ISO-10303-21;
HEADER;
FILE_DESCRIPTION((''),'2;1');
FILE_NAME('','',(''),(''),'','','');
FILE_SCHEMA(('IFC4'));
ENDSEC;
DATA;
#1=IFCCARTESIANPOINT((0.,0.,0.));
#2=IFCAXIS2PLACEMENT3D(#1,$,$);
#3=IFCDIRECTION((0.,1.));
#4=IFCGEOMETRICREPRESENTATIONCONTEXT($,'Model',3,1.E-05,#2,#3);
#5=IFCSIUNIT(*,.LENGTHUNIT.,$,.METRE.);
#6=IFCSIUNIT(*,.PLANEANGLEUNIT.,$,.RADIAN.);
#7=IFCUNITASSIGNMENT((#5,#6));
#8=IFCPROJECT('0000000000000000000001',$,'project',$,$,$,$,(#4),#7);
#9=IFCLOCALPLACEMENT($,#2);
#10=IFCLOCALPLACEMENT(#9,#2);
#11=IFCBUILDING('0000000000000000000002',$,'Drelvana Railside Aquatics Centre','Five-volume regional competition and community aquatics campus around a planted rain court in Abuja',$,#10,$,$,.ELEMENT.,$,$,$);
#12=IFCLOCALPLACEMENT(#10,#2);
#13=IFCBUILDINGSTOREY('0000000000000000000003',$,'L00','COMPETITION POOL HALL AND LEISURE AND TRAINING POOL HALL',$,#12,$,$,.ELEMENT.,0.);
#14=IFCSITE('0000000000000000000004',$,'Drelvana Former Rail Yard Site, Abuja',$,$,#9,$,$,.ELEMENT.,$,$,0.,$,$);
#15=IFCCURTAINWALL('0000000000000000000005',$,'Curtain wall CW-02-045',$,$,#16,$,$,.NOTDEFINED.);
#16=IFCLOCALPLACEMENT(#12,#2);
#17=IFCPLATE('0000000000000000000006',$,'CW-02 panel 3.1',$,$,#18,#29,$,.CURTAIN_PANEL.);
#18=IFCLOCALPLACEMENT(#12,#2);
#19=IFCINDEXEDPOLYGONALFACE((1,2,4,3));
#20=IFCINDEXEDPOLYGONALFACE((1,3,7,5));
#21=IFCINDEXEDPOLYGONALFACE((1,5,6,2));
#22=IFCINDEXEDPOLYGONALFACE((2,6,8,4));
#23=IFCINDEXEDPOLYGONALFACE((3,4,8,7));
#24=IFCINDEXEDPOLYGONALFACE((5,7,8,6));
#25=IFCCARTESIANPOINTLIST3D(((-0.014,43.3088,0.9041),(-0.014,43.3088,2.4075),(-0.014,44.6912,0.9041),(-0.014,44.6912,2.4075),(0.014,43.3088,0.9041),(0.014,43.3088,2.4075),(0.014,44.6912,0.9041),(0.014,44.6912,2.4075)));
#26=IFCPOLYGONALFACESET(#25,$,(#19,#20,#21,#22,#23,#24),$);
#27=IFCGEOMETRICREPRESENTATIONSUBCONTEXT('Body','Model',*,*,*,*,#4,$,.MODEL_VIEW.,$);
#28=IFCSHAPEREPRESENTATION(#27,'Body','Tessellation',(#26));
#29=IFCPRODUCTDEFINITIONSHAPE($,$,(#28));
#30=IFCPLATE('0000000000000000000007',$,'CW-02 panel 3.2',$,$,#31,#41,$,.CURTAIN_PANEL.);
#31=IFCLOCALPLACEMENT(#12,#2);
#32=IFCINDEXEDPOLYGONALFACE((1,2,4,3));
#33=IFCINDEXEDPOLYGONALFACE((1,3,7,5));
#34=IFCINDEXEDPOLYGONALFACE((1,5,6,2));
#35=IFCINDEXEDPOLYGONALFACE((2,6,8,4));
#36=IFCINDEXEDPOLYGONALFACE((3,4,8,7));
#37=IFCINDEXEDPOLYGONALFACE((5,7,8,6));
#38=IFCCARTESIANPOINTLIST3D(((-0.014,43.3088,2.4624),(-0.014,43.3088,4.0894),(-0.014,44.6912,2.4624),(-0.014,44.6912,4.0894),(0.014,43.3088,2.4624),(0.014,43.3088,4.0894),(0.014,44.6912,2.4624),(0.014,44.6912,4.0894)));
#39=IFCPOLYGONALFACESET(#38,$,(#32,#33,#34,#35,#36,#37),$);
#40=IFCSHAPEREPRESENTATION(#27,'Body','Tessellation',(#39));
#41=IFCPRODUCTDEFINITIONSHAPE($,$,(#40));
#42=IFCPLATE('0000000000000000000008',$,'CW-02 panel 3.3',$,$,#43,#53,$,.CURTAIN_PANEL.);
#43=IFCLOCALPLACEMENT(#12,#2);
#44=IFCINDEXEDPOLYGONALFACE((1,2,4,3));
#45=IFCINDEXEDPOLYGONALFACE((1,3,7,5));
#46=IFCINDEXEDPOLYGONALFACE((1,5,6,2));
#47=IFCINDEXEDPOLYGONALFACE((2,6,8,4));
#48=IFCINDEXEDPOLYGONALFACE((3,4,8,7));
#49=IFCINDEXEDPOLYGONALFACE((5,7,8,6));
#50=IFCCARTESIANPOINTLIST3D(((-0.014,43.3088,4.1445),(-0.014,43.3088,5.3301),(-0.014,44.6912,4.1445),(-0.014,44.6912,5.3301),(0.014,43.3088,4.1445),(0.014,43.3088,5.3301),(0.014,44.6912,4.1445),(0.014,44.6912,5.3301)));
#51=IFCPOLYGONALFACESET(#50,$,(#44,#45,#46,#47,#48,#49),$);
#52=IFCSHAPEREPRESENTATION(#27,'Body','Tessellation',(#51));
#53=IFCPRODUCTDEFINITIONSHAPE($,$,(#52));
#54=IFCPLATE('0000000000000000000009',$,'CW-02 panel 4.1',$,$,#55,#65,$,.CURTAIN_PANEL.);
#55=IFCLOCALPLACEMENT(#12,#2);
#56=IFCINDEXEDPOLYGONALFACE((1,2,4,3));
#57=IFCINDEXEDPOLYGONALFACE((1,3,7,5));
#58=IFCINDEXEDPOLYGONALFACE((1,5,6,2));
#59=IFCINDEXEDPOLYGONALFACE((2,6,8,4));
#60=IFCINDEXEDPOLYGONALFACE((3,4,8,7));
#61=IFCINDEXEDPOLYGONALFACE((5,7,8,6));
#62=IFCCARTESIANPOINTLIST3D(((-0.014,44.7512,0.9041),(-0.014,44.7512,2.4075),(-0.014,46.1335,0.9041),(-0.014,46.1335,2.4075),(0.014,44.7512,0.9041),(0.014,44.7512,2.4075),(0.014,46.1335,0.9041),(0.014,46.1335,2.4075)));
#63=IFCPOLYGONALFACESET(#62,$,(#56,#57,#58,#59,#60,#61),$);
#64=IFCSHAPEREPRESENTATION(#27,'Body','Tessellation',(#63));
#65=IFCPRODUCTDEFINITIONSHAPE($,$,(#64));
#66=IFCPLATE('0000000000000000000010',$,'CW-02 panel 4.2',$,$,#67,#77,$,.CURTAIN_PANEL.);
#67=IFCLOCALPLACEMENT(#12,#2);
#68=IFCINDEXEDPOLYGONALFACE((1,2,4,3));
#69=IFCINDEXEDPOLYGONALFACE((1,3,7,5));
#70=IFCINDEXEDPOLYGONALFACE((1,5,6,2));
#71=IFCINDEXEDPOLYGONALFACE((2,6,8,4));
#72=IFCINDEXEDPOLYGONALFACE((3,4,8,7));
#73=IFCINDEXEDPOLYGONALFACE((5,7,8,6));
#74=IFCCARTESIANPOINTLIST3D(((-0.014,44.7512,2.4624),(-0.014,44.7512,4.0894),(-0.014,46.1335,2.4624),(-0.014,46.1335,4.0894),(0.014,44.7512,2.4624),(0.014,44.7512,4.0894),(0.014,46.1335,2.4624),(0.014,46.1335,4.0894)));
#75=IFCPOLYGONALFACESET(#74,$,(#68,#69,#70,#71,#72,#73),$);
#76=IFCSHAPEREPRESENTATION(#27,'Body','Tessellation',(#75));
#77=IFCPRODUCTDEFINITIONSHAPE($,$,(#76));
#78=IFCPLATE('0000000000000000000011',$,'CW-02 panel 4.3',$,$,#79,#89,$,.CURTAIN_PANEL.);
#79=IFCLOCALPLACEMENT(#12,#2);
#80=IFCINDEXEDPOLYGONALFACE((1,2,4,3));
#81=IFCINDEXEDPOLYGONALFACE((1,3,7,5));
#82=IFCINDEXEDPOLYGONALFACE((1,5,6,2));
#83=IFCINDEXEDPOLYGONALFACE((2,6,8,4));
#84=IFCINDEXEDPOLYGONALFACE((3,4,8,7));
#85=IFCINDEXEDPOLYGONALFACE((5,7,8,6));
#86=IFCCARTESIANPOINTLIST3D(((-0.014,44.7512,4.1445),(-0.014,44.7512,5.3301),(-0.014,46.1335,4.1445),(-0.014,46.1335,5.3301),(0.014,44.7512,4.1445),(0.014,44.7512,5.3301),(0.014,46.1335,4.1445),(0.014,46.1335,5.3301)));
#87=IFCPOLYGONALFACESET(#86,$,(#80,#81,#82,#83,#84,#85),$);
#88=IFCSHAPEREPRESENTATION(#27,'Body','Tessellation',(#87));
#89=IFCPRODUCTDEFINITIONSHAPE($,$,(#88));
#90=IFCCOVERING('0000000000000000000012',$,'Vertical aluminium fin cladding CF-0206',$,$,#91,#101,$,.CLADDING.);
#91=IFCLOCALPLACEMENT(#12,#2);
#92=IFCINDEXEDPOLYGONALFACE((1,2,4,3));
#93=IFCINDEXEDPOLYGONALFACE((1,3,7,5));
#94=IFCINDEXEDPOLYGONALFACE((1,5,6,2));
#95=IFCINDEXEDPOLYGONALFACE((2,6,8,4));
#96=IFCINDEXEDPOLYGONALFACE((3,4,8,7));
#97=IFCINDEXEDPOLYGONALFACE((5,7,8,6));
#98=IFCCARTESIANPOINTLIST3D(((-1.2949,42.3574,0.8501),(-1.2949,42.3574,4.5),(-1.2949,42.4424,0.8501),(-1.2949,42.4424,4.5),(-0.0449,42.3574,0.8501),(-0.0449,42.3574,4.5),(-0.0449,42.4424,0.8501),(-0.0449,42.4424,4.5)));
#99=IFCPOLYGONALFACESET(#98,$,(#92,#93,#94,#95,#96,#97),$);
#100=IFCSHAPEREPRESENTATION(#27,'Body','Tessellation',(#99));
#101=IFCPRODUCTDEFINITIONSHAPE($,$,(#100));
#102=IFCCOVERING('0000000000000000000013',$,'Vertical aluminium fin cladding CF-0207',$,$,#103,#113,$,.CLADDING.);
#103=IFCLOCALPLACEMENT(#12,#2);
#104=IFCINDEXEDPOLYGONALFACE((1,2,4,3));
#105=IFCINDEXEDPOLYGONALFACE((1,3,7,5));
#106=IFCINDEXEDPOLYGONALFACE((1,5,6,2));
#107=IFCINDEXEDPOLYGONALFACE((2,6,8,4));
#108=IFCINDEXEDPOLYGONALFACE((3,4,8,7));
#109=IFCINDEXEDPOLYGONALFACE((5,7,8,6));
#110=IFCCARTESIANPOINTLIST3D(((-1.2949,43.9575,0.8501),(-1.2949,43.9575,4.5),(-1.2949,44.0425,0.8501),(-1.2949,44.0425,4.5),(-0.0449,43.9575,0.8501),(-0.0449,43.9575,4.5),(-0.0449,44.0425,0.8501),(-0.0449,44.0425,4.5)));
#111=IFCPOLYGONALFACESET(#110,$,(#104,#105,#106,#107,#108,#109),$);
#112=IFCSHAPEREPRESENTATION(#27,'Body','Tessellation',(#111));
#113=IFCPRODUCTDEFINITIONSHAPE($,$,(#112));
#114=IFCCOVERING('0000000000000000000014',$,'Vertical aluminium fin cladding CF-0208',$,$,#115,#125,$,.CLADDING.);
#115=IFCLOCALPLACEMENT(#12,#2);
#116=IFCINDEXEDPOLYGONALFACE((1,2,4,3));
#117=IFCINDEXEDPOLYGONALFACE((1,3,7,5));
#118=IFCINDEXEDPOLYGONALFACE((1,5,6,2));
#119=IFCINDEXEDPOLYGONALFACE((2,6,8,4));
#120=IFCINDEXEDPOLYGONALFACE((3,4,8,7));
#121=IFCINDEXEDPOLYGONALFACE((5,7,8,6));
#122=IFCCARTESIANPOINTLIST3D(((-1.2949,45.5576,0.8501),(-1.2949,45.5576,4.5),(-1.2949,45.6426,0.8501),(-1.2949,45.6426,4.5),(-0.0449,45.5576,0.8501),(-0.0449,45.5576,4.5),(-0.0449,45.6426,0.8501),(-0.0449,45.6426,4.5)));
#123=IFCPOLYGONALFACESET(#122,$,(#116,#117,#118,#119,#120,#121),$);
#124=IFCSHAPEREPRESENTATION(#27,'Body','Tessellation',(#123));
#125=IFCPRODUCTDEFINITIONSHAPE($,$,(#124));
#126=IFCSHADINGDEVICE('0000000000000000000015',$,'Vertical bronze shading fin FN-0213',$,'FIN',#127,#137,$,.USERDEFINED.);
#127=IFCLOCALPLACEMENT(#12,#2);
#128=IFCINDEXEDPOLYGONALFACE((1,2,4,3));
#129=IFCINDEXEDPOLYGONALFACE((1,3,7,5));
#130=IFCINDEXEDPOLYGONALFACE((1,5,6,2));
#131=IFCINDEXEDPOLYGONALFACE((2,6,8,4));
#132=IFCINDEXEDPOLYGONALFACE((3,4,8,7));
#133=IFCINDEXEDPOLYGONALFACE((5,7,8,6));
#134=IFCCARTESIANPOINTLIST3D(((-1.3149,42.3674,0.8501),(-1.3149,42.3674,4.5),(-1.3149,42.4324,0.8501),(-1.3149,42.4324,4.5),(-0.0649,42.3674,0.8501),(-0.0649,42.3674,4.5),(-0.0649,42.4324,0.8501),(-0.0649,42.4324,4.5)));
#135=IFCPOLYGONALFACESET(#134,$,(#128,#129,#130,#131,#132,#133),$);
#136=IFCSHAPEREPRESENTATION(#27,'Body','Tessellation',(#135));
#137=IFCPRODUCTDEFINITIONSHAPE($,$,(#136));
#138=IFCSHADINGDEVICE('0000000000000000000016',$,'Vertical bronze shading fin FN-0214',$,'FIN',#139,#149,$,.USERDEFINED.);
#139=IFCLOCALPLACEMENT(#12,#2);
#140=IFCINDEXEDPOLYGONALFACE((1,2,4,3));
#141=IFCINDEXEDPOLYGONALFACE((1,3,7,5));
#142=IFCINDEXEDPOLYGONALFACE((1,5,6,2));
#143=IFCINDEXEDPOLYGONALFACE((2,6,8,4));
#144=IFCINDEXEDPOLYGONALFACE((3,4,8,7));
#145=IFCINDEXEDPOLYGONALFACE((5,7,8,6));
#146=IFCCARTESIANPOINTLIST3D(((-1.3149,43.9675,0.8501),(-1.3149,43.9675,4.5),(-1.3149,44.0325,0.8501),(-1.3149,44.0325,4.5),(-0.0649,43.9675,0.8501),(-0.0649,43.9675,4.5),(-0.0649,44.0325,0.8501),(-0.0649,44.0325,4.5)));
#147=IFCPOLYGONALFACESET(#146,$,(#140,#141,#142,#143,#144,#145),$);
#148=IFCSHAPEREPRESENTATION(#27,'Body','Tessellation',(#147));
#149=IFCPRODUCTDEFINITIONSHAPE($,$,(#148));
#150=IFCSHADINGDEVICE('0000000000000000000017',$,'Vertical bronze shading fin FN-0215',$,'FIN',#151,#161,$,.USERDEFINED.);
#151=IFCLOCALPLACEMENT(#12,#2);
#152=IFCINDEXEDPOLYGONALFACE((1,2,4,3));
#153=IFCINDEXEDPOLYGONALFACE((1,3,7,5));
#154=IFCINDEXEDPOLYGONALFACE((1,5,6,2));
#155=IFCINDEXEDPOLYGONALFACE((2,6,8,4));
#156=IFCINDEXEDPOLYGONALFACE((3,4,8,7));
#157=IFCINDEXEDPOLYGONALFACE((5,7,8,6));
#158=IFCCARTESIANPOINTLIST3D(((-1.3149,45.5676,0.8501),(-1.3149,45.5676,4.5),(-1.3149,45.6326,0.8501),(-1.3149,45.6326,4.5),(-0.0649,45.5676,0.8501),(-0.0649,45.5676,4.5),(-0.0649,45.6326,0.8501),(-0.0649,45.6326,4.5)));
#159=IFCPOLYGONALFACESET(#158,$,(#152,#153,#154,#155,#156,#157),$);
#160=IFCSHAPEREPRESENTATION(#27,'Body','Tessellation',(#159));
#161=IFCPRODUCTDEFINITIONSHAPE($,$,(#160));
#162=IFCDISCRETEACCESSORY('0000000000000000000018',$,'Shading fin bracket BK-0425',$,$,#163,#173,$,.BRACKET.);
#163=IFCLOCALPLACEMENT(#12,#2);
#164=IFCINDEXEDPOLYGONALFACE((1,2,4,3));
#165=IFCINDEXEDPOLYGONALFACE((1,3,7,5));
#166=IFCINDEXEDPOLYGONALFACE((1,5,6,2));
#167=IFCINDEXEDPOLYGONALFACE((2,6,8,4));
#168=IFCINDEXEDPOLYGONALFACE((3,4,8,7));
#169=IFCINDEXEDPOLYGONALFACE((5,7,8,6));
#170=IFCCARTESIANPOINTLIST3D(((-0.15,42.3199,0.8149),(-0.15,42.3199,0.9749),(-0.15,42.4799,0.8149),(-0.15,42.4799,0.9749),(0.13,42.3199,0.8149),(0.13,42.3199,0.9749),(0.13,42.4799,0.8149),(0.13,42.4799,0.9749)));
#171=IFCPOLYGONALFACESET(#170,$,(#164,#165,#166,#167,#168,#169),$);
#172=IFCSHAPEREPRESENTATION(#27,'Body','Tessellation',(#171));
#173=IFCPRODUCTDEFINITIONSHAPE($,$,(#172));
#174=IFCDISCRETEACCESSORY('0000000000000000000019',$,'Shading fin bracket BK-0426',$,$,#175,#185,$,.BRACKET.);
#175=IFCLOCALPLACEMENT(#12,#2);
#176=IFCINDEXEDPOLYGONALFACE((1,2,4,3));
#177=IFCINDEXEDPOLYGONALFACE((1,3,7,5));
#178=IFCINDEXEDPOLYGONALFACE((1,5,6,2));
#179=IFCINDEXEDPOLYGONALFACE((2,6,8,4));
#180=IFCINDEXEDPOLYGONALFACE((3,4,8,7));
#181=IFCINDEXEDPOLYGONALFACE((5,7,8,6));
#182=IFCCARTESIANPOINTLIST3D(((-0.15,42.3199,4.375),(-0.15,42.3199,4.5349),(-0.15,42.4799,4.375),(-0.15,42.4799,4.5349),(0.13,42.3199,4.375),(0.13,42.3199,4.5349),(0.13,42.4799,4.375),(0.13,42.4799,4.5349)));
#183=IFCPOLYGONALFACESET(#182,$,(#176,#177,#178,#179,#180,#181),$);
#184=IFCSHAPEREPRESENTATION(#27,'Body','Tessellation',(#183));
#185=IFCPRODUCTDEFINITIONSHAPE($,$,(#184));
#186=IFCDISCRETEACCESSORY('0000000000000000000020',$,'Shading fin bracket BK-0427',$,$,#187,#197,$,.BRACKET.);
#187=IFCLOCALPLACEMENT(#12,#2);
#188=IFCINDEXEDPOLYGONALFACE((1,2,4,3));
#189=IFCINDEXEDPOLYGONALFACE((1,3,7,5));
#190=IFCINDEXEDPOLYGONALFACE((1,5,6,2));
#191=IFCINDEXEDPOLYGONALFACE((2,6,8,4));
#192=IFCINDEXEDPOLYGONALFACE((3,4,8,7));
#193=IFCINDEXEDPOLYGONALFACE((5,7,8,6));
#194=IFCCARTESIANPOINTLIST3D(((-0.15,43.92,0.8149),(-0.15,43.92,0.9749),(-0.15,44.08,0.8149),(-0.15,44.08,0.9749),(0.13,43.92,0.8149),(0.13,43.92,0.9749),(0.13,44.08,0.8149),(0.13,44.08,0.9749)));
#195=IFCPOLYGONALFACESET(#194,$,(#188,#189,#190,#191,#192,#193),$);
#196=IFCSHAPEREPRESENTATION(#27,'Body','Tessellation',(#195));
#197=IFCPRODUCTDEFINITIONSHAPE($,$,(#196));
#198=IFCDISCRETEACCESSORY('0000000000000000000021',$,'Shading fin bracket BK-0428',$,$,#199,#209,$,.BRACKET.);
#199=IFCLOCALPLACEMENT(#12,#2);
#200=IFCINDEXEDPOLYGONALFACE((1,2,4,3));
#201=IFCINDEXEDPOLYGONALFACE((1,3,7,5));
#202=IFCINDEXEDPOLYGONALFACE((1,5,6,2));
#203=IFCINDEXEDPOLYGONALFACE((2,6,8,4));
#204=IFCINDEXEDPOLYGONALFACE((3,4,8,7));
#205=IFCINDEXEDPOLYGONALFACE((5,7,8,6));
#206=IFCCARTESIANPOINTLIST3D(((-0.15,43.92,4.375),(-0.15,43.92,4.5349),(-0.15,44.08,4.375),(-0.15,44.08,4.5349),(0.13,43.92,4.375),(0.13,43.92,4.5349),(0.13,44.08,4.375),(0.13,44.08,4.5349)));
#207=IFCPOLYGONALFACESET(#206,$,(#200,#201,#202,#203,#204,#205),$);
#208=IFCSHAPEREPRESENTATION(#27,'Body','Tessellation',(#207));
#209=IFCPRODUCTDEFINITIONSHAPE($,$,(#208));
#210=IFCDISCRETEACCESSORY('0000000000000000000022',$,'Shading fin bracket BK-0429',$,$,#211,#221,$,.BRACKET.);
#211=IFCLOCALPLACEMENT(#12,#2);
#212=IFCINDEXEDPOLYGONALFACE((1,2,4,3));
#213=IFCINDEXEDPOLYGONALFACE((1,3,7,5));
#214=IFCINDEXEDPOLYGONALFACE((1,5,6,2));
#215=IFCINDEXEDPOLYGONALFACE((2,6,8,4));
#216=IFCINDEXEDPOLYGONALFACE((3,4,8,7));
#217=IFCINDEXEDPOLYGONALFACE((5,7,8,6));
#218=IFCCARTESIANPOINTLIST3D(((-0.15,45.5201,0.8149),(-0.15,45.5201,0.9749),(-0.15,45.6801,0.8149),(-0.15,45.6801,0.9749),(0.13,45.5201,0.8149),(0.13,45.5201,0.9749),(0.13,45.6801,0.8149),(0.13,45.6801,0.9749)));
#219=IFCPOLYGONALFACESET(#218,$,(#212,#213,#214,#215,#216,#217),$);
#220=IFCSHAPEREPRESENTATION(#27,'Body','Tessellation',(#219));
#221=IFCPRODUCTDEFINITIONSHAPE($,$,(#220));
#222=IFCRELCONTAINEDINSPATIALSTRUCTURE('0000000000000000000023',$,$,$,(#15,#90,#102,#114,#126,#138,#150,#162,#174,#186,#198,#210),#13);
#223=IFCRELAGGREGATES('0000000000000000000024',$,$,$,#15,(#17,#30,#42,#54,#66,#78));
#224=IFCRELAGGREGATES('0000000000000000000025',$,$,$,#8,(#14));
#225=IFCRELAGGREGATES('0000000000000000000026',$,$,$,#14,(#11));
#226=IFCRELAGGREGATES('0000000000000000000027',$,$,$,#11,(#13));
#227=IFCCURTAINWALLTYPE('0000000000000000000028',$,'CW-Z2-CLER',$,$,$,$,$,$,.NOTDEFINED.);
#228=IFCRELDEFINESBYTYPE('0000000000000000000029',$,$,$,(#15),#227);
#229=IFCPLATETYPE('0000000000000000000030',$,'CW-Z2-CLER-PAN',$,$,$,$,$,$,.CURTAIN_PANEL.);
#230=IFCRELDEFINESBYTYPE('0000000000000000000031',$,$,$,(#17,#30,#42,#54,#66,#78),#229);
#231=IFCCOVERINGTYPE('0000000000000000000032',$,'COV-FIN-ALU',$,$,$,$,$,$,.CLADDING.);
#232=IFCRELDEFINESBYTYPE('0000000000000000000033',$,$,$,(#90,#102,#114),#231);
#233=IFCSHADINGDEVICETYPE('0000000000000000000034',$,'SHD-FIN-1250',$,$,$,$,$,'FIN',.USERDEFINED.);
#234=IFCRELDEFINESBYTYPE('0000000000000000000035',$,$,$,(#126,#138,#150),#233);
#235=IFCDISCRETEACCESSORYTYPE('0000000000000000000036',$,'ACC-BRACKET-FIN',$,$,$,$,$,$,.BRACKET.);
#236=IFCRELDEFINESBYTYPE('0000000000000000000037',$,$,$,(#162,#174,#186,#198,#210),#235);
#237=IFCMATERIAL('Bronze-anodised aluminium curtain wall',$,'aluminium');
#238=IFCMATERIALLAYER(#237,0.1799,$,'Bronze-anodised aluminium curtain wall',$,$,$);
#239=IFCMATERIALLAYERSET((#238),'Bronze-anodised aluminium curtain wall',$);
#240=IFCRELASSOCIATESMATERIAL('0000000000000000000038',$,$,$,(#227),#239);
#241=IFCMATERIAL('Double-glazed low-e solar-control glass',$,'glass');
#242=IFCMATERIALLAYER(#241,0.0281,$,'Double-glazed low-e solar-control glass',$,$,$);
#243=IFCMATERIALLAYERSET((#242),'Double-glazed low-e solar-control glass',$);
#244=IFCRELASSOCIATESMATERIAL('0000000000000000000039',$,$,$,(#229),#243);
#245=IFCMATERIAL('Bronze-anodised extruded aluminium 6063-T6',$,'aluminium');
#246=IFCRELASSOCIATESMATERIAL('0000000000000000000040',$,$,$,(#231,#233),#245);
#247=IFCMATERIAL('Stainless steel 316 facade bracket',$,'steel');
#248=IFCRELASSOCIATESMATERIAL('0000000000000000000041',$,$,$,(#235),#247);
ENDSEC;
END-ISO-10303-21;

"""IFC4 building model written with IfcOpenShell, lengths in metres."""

from ifc_helpers import new_model, si_unit, direction, frame, origin, origin_2d, place, context, subcontext, project, spatial, rectangle, extrude, material, layer, layer_set, type_object, element, aggregate, save


model = new_model("IFC4")

# Units and contexts
model_context = context("Model", 3, precision=1e-05, world=origin(), true_north=direction((0.0, 1.0)))
body_context = subcontext(model_context, "Body", "Model", "MODEL_VIEW")
ifc_project = project(units=[si_unit("LENGTHUNIT", "METRE"), si_unit("PLANEANGLEUNIT", "RADIAN")], contexts=[model_context])

# Site, building, storey
site_placement = place(None, origin())
site = spatial("IfcSite", under=ifc_project, at=site_placement, Name="Drelvana Former Rail Yard Site, Abuja", CompositionType="ELEMENT", RefElevation=0.0)
building_placement = place(site_placement, origin())
building = spatial("IfcBuilding", under=site, at=building_placement, Name="Drelvana Railside Aquatics Centre", Description="Five-volume regional competition and community aquatics campus around a planted rain court in Abuja", CompositionType="ELEMENT")
storey_placement = place(building_placement, origin())
storey = spatial("IfcBuildingStorey", under=building, at=storey_placement, Name="L00", Description="COMPETITION POOL HALL AND LEISURE AND TRAINING POOL HALL", CompositionType="ELEMENT", Elevation=0.0)

# Curtain wall, plates
ifc_material_1 = material(Name="Bronze-anodised aluminium curtain wall", Category="aluminium")
ifc_layer_1 = layer(ifc_material_1, 0.1799, Name="Bronze-anodised aluminium curtain wall")
ifc_layer_set_1 = layer_set([ifc_layer_1], Name="Bronze-anodised aluminium curtain wall")
curtain_wall_type = type_object("IfcCurtainWallType", Name="CW-Z2-CLER", PredefinedType="NOTDEFINED", material=ifc_layer_set_1)
curtain_wall_placement = place(storey_placement, origin())
curtain_wall = element("IfcCurtainWall", 1, at=curtain_wall_placement, inside=storey, type_object=curtain_wall_type, Name="Curtain wall CW-02-045", PredefinedType="NOTDEFINED")
ifc_material_2 = material(Name="Double-glazed low-e solar-control glass", Category="glass")
ifc_layer_2 = layer(ifc_material_2, 0.0281, Name="Double-glazed low-e solar-control glass")
ifc_layer_set_2 = layer_set([ifc_layer_2], Name="Double-glazed low-e solar-control glass")
plate_type = type_object("IfcPlateType", Name="CW-Z2-CLER-PAN", PredefinedType="CURTAIN_PANEL", material=ifc_layer_set_2)
plate_1_placement = place(storey_placement, frame((0.0, 44.0, 0.9041), z_axis=(0.0, 0.0, 1.0), x_axis=(0.0, 1.0, 0.0)))
plate_1 = element("IfcPlate", 2, at=plate_1_placement, type_object=plate_type, Name="CW-02 panel 3.1", PredefinedType="CURTAIN_PANEL", context=body_context, shape_type="SweptSolid", body=[
    extrude(rectangle(XDim=1.3823, YDim=0.0281, at=origin_2d()), origin(), (0.0, 0.0, 1.0), 1.5034),
])
plate_2_placement = place(storey_placement, frame((0.0, 44.0, 2.4624), z_axis=(0.0, 0.0, 1.0), x_axis=(0.0, 1.0, 0.0)))
plate_2 = element("IfcPlate", 3, at=plate_2_placement, type_object=plate_type, Name="CW-02 panel 3.2", PredefinedType="CURTAIN_PANEL", context=body_context, shape_type="SweptSolid", body=[
    extrude(rectangle(XDim=1.3823, YDim=0.0281, at=origin_2d()), origin(), (0.0, 0.0, 1.0), 1.627),
])
plate_3_placement = place(storey_placement, frame((0.0, 44.0, 4.1445), z_axis=(0.0, 0.0, 1.0), x_axis=(0.0, 1.0, 0.0)))
plate_3 = element("IfcPlate", 4, at=plate_3_placement, type_object=plate_type, Name="CW-02 panel 3.3", PredefinedType="CURTAIN_PANEL", context=body_context, shape_type="SweptSolid", body=[
    extrude(rectangle(XDim=1.3823, YDim=0.0281, at=origin_2d()), origin(), (0.0, 0.0, 1.0), 1.1855),
])
plate_4_placement = place(storey_placement, frame((0.0, 45.4424, 0.9041), z_axis=(0.0, 0.0, 1.0), x_axis=(0.0, 1.0, 0.0)))
plate_4 = element("IfcPlate", 5, at=plate_4_placement, type_object=plate_type, Name="CW-02 panel 4.1", PredefinedType="CURTAIN_PANEL", context=body_context, shape_type="SweptSolid", body=[
    extrude(rectangle(XDim=1.3823, YDim=0.0281, at=origin_2d()), origin(), (0.0, 0.0, 1.0), 1.5034),
])
plate_5_placement = place(storey_placement, frame((0.0, 45.4424, 2.4624), z_axis=(0.0, 0.0, 1.0), x_axis=(0.0, 1.0, 0.0)))
plate_5 = element("IfcPlate", 6, at=plate_5_placement, type_object=plate_type, Name="CW-02 panel 4.2", PredefinedType="CURTAIN_PANEL", context=body_context, shape_type="SweptSolid", body=[
    extrude(rectangle(XDim=1.3823, YDim=0.0281, at=origin_2d()), origin(), (0.0, 0.0, 1.0), 1.627),
])
plate_6_placement = place(storey_placement, frame((0.0, 45.4424, 4.1445), z_axis=(0.0, 0.0, 1.0), x_axis=(0.0, 1.0, 0.0)))
plate_6 = element("IfcPlate", 7, at=plate_6_placement, type_object=plate_type, Name="CW-02 panel 4.3", PredefinedType="CURTAIN_PANEL", context=body_context, shape_type="SweptSolid", body=[
    extrude(rectangle(XDim=1.3823, YDim=0.0281, at=origin_2d()), origin(), (0.0, 0.0, 1.0), 1.1855),
])
aggregate(curtain_wall, [plate_1, plate_2, plate_3, plate_4, plate_5, plate_6])

# Coverings
ifc_material_3 = material(Name="Bronze-anodised extruded aluminium 6063-T6", Category="aluminium")
covering_type = type_object("IfcCoveringType", Name="COV-FIN-ALU", PredefinedType="CLADDING", material=ifc_material_3)
for number, where, z_axis, x_axis, name in (
    (8, (-0.6699, 42.3999, 0.8501), (0.0, 0.0, 1.0), (0.0, 1.0, 0.0), "Vertical aluminium fin cladding CF-0206"),
    (9, (-0.6699, 44.0, 0.8501), (0.0, 0.0, 1.0), (0.0, 1.0, 0.0), "Vertical aluminium fin cladding CF-0207"),
    (10, (-0.6699, 45.6001, 0.8501), (0.0, 0.0, 1.0), (0.0, 1.0, 0.0), "Vertical aluminium fin cladding CF-0208"),
):
    element("IfcCovering", number, at=place(storey_placement, frame(where, z_axis=z_axis, x_axis=x_axis)), inside=storey, type_object=covering_type, Name=name, PredefinedType="CLADDING", context=body_context, shape_type="SweptSolid", body=[
        extrude(rectangle(XDim=0.085, YDim=1.25, at=origin_2d()), origin(), (0.0, 0.0, 1.0), 3.6499),
    ])

# Shading devices
shading_device_type = type_object("IfcShadingDeviceType", Name="SHD-FIN-1250", ElementType="FIN", PredefinedType="USERDEFINED", material=ifc_material_3)
for number, where, z_axis, x_axis, name in (
    (11, (-0.6899, 42.3999, 0.8501), (0.0, 0.0, 1.0), (-1.0, 0.0, 0.0), "Vertical bronze shading fin FN-0213"),
    (12, (-0.6899, 44.0, 0.8501), (0.0, 0.0, 1.0), (-1.0, 0.0, 0.0), "Vertical bronze shading fin FN-0214"),
    (13, (-0.6899, 45.6001, 0.8501), (0.0, 0.0, 1.0), (-1.0, 0.0, 0.0), "Vertical bronze shading fin FN-0215"),
):
    element("IfcShadingDevice", number, at=place(storey_placement, frame(where, z_axis=z_axis, x_axis=x_axis)), inside=storey, type_object=shading_device_type, Name=name, ObjectType="FIN", PredefinedType="USERDEFINED", context=body_context, shape_type="SweptSolid", body=[
        extrude(rectangle(XDim=1.25, YDim=0.0649, at=origin_2d()), origin(), (0.0, 0.0, 1.0), 3.6499),
    ])

# Discrete accessories
ifc_material_4 = material(Name="Stainless steel 316 facade bracket", Category="steel")
discrete_accessory_type = type_object("IfcDiscreteAccessoryType", Name="ACC-BRACKET-FIN", PredefinedType="BRACKET", material=ifc_material_4)
for number, where, z_axis, x_axis, name in (
    (14, (-0.01, 42.3999, 0.8149), (0.0, 0.0, 1.0), (-1.0, 0.0, 0.0), "Shading fin bracket BK-0425"),
    (15, (-0.01, 42.3999, 4.375), (0.0, 0.0, 1.0), (-1.0, 0.0, 0.0), "Shading fin bracket BK-0426"),
    (16, (-0.01, 44.0, 0.8149), (0.0, 0.0, 1.0), (-1.0, 0.0, 0.0), "Shading fin bracket BK-0427"),
    (17, (-0.01, 44.0, 4.375), (0.0, 0.0, 1.0), (-1.0, 0.0, 0.0), "Shading fin bracket BK-0428"),
    (18, (-0.01, 45.6001, 0.8149), (0.0, 0.0, 1.0), (-1.0, 0.0, 0.0), "Shading fin bracket BK-0429"),
):
    element("IfcDiscreteAccessory", number, at=place(storey_placement, frame(where, z_axis=z_axis, x_axis=x_axis)), inside=storey, type_object=discrete_accessory_type, Name=name, PredefinedType="BRACKET", context=body_context, shape_type="SweptSolid", body=[
        extrude(rectangle(XDim=0.28, YDim=0.1599, at=origin_2d()), origin(), (0.0, 0.0, 1.0), 0.1599),
    ])

save(model, "model.ifc")
